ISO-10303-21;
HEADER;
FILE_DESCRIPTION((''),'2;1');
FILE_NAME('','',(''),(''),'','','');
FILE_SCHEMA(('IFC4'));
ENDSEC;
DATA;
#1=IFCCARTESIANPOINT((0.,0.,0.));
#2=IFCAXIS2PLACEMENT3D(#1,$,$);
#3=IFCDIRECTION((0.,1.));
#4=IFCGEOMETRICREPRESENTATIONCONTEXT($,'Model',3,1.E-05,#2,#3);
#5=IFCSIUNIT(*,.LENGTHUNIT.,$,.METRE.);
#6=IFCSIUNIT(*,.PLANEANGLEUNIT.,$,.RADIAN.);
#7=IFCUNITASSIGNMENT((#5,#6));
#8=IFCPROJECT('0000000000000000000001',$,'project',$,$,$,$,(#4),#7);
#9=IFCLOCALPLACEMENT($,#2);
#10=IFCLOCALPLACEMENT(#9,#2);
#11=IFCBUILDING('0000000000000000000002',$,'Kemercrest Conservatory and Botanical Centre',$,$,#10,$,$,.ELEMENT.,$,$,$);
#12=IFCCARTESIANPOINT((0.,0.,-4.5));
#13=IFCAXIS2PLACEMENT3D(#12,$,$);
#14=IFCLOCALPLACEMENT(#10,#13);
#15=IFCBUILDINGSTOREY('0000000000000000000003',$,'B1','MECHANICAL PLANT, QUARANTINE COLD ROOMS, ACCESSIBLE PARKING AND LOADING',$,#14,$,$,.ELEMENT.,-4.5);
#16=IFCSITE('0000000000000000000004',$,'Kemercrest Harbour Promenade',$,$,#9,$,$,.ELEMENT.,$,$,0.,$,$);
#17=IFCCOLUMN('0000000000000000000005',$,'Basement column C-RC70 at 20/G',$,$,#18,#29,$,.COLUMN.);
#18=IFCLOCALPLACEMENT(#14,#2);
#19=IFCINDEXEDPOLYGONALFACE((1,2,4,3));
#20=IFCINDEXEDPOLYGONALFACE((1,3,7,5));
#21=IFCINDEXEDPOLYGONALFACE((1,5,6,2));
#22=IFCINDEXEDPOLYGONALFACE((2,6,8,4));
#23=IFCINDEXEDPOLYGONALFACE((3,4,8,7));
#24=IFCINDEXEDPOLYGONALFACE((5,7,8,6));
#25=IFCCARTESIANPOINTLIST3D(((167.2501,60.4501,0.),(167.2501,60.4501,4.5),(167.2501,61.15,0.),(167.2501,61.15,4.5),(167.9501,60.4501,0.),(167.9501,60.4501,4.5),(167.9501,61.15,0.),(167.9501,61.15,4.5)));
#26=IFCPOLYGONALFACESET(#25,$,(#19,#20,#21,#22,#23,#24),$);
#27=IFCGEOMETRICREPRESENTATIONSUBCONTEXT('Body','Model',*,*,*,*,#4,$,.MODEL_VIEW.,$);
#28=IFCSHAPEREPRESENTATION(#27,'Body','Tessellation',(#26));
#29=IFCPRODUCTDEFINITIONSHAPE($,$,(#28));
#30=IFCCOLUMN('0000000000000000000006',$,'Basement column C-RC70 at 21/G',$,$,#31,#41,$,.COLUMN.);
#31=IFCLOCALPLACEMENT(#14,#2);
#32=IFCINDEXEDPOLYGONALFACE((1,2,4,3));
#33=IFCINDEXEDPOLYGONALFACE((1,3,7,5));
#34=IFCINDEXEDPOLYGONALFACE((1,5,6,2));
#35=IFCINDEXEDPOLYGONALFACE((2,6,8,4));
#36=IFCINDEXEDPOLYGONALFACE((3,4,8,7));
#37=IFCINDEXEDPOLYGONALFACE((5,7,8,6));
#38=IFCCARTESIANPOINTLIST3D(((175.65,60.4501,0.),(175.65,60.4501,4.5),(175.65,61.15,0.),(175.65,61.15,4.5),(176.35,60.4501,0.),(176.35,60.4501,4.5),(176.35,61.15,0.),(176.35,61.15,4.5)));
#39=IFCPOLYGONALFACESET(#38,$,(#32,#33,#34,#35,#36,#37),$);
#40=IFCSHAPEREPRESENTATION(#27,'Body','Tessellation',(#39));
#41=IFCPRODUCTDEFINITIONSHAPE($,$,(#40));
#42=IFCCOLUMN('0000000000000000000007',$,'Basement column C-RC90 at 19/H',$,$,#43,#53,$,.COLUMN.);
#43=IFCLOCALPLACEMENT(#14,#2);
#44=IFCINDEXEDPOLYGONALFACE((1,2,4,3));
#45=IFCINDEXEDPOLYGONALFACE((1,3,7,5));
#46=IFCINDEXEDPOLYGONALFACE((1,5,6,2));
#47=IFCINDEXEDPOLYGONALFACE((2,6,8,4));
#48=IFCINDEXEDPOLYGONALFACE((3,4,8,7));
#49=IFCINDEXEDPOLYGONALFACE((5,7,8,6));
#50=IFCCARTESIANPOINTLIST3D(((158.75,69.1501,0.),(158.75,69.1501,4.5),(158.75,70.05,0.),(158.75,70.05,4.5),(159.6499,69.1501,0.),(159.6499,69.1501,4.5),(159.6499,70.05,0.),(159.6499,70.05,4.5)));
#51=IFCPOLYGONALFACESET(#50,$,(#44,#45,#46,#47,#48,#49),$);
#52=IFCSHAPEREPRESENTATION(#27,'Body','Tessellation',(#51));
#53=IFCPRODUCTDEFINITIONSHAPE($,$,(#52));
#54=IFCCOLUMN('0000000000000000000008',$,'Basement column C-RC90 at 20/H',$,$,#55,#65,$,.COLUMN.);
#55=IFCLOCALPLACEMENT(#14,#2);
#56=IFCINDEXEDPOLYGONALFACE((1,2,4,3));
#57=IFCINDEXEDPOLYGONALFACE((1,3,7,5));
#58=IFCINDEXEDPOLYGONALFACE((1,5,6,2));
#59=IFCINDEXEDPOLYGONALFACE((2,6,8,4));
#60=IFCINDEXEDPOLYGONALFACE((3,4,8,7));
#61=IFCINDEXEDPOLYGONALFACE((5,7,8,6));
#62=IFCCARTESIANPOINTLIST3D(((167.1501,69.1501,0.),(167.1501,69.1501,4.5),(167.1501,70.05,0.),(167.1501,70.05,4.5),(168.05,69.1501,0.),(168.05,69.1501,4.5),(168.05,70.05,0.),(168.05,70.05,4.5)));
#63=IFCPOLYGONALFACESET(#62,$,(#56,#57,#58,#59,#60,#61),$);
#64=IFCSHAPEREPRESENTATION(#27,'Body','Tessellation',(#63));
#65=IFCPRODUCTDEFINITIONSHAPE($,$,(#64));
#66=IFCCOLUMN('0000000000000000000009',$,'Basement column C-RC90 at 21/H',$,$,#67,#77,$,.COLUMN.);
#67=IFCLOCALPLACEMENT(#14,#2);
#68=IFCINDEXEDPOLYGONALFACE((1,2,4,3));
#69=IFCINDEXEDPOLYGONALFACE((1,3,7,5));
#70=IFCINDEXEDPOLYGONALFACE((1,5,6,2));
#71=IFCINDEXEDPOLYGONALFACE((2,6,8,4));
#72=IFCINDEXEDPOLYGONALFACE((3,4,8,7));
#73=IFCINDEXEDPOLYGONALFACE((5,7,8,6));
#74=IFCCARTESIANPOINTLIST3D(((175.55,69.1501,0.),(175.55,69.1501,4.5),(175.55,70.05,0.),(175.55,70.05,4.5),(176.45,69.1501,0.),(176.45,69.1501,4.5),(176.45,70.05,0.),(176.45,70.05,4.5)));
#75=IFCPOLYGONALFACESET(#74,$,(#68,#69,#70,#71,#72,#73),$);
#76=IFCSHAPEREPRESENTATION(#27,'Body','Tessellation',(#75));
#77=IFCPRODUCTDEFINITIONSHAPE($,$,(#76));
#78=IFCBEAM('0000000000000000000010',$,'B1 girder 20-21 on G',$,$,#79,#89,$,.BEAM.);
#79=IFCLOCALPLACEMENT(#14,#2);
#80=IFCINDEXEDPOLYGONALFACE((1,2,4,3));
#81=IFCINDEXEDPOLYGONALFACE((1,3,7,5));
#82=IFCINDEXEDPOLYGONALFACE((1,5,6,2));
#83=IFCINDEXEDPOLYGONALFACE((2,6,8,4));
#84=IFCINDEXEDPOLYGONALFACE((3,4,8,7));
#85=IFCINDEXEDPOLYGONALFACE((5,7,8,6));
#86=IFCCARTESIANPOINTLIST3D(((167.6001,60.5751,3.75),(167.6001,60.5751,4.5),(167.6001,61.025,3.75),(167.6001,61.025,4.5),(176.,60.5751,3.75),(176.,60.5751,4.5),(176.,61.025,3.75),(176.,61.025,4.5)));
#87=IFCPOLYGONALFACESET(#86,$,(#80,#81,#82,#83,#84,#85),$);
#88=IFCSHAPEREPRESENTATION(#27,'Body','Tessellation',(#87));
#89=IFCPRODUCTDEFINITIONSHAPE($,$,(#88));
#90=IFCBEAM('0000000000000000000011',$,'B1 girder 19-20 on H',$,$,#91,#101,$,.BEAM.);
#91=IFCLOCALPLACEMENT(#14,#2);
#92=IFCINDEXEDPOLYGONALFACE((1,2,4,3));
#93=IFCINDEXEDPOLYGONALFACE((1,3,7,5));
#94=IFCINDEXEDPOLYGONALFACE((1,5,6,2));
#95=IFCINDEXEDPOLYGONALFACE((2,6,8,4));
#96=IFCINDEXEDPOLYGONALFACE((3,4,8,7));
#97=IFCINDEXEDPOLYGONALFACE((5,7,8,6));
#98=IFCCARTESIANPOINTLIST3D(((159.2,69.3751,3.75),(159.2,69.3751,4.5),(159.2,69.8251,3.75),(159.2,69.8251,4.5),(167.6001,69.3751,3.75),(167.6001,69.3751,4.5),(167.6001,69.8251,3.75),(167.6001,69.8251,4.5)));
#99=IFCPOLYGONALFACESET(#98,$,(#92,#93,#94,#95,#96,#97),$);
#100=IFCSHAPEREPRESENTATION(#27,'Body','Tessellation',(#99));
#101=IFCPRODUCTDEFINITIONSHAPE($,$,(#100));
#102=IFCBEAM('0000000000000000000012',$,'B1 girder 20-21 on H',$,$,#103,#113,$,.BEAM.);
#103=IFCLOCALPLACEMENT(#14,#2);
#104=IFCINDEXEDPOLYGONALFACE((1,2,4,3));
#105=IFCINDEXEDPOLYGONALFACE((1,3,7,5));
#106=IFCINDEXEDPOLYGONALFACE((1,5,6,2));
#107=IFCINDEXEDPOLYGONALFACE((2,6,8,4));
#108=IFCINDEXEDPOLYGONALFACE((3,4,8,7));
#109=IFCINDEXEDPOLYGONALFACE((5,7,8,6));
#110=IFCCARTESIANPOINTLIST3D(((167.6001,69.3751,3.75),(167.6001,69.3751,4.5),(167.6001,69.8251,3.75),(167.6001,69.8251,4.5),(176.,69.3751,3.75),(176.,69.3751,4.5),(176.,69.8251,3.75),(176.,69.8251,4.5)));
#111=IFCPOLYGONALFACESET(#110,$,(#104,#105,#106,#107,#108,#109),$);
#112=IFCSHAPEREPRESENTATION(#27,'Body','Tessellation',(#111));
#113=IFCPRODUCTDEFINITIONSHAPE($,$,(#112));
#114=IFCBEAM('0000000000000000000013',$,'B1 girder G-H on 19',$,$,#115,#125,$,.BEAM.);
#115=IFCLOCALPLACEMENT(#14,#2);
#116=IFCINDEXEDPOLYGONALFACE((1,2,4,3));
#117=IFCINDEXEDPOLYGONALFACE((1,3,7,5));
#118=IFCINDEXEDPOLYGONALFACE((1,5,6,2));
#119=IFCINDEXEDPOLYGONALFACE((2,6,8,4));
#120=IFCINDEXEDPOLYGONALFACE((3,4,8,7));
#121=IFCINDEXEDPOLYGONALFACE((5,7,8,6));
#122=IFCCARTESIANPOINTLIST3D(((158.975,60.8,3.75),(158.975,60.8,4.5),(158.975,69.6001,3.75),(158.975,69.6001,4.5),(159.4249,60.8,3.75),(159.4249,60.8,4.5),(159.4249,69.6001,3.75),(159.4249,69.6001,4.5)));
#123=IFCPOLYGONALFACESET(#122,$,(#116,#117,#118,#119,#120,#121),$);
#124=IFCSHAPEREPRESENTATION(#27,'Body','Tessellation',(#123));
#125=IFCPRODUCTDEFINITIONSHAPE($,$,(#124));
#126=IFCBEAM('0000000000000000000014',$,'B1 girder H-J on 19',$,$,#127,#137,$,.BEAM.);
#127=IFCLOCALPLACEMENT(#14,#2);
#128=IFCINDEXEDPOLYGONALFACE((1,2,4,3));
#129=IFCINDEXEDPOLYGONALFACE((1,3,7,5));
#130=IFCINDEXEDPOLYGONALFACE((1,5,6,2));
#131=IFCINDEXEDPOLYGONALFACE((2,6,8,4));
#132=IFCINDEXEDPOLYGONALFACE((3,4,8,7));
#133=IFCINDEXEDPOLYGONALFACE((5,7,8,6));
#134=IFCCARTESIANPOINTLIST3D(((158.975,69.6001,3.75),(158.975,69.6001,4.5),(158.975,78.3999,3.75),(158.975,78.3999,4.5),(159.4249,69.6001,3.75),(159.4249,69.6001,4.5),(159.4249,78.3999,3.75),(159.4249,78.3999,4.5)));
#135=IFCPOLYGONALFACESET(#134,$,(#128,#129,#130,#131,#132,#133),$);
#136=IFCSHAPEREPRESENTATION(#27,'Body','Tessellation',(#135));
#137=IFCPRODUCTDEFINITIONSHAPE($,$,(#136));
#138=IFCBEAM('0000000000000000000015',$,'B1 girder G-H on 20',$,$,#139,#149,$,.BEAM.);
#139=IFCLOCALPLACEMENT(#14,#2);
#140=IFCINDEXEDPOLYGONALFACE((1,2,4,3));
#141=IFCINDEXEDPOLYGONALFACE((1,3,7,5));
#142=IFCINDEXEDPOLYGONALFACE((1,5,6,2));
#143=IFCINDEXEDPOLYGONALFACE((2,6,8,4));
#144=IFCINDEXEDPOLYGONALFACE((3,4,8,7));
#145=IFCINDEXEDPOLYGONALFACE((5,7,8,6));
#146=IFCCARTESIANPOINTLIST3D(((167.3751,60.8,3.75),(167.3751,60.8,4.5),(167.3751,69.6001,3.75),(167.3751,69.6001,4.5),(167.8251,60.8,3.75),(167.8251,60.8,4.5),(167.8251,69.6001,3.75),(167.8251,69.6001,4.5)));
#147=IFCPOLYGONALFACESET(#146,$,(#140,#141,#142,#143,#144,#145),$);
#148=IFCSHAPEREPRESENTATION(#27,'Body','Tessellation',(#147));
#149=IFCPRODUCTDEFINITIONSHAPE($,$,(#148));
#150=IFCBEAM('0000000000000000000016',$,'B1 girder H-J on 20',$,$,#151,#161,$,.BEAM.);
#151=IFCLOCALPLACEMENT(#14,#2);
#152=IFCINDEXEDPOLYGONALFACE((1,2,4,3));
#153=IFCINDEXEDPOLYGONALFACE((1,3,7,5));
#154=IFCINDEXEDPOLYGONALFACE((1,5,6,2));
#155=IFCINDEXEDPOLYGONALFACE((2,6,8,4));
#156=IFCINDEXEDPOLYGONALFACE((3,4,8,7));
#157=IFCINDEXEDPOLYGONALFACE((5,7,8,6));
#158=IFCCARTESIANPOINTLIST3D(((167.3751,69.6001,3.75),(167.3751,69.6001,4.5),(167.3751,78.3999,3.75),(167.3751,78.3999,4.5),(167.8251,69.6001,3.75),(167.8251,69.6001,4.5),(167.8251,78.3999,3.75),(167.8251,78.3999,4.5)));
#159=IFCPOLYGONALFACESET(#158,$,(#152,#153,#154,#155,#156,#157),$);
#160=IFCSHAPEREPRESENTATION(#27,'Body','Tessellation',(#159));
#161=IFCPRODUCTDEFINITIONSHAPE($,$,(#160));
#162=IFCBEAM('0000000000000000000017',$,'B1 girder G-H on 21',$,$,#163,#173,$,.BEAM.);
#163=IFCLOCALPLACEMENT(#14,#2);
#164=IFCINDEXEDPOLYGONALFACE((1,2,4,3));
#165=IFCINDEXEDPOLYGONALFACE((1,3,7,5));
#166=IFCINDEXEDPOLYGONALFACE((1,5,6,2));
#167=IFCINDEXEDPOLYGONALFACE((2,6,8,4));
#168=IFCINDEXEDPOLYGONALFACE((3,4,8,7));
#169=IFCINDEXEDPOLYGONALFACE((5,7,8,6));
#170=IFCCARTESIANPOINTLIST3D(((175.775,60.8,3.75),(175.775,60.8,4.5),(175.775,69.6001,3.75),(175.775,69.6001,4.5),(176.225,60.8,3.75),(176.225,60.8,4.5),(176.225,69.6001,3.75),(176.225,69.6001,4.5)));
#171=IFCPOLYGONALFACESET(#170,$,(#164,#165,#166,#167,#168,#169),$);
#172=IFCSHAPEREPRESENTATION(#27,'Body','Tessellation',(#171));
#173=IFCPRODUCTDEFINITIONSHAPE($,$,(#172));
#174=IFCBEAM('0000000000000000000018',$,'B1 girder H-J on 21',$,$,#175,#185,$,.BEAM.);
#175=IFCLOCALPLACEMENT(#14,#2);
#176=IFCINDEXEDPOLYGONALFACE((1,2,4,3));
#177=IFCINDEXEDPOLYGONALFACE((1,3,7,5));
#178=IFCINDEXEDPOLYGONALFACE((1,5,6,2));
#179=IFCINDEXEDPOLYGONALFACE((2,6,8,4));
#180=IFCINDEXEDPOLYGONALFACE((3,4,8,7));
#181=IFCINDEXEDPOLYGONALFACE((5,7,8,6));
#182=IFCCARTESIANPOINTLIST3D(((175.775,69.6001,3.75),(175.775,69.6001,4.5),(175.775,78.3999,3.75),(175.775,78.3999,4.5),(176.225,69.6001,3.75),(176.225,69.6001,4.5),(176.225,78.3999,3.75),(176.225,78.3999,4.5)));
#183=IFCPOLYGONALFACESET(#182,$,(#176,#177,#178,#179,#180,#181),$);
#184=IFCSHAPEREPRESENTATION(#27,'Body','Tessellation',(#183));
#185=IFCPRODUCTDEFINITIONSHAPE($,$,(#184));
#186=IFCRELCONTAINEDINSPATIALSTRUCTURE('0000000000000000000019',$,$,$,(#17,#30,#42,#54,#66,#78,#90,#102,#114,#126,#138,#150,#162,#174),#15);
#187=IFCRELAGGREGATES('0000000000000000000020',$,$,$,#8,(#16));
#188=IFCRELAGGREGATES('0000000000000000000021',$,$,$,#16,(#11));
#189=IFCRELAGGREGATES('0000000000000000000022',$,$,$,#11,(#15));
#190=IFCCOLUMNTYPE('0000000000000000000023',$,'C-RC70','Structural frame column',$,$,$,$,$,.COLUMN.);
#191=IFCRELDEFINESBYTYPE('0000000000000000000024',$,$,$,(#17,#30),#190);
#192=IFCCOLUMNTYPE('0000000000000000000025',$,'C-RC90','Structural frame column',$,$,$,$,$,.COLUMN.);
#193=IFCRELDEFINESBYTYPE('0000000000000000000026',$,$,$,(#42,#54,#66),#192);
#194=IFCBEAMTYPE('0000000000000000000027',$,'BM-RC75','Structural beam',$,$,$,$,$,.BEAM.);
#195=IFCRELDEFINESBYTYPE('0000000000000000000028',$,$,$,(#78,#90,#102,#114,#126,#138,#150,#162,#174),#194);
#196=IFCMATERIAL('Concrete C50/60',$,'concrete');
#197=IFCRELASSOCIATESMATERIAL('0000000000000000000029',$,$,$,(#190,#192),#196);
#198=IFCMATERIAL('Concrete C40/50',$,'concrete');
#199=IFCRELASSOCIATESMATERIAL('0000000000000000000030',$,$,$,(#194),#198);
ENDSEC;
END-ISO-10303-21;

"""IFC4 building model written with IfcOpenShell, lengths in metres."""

from ifc_helpers import new_model, si_unit, direction, frame, origin, origin_2d, place, context, subcontext, project, spatial, rectangle, extrude, material, material_profile, profile_set, type_object, element, save


model = new_model("IFC4")

# Units and contexts
model_context = context("Model", 3, precision=1e-05, world=origin(), true_north=direction((0.0, 1.0)))
body_context = subcontext(model_context, "Body", "Model", "MODEL_VIEW")
ifc_project = project(units=[si_unit("LENGTHUNIT", "METRE"), si_unit("PLANEANGLEUNIT", "RADIAN")], contexts=[model_context])

# Site, building, storey
site_placement = place(None, origin())
site = spatial("IfcSite", under=ifc_project, at=site_placement, Name="Kemercrest Harbour Promenade", CompositionType="ELEMENT", RefElevation=0.0)
building_placement = place(site_placement, origin())
building = spatial("IfcBuilding", under=site, at=building_placement, Name="Kemercrest Conservatory and Botanical Centre", CompositionType="ELEMENT")
storey_placement = place(building_placement, frame((0.0, 0.0, -4.5)))
storey = spatial("IfcBuildingStorey", under=building, at=storey_placement, Name="B1", Description="MECHANICAL PLANT, QUARANTINE COLD ROOMS, ACCESSIBLE PARKING AND LOADING", CompositionType="ELEMENT", Elevation=-4.5)

# Shared definitions
ifc_material_1 = material(Name="Concrete C40/50", Category="concrete")

# Columns
ifc_material_2 = material(Name="Concrete C50/60", Category="concrete")
ifc_material_profile_1 = material_profile(ifc_material_2, rectangle(XDim=0.7, YDim=0.7, at=origin_2d()), Name="RC 700x700")
ifc_profile_set_1 = profile_set([ifc_material_profile_1], Name="Concrete C50/60")
column_type_1 = type_object("IfcColumnType", Name="C-RC70", Description="Structural frame column", PredefinedType="COLUMN", material=ifc_profile_set_1)
for number, where, z_axis, x_axis, name in (
    (1, (167.6001, 60.8, 0.0), (0.0, 0.0, 1.0), (1.0, 0.0, 0.0), "Basement column C-RC70 at 20/G"),
    (2, (176.0, 60.8, 0.0), (0.0, 0.0, 1.0), (1.0, 0.0, 0.0), "Basement column C-RC70 at 21/G"),
):
    element("IfcColumn", number, at=place(storey_placement, frame(where, z_axis=z_axis, x_axis=x_axis)), inside=storey, type_object=column_type_1, Name=name, PredefinedType="COLUMN", context=body_context, shape_type="SweptSolid", body=[
        extrude(rectangle(XDim=0.7, YDim=0.7, at=origin_2d()), origin(), (0.0, 0.0, 1.0), 4.5),
    ])
ifc_material_profile_2 = material_profile(ifc_material_2, rectangle(XDim=0.8999, YDim=0.8999, at=origin_2d()), Name="RC 900x900")
ifc_profile_set_2 = profile_set([ifc_material_profile_2], Name="Concrete C50/60")
column_type_2 = type_object("IfcColumnType", Name="C-RC90", Description="Structural frame column", PredefinedType="COLUMN", material=ifc_profile_set_2)
for number, where, z_axis, x_axis, name in (
    (3, (159.2, 69.6001, 0.0), (0.0, 0.0, 1.0), (1.0, 0.0, 0.0), "Basement column C-RC90 at 19/H"),
    (4, (167.6001, 69.6001, 0.0), (0.0, 0.0, 1.0), (1.0, 0.0, 0.0), "Basement column C-RC90 at 20/H"),
    (5, (176.0, 69.6001, 0.0), (0.0, 0.0, 1.0), (1.0, 0.0, 0.0), "Basement column C-RC90 at 21/H"),
):
    element("IfcColumn", number, at=place(storey_placement, frame(where, z_axis=z_axis, x_axis=x_axis)), inside=storey, type_object=column_type_2, Name=name, PredefinedType="COLUMN", context=body_context, shape_type="SweptSolid", body=[
        extrude(rectangle(XDim=0.8999, YDim=0.8999, at=origin_2d()), origin(), (0.0, 0.0, 1.0), 4.5),
    ])

# Beams
ifc_material_profile_3 = material_profile(ifc_material_1, rectangle(XDim=0.45, YDim=0.75, at=origin_2d()), Name="RC 450x750")
ifc_profile_set_3 = profile_set([ifc_material_profile_3], Name="Concrete C40/50")
beam_type = type_object("IfcBeamType", Name="BM-RC75", Description="Structural beam", PredefinedType="BEAM", material=ifc_profile_set_3)
beam_1_placement = place(storey_placement, frame((167.6001, 60.8, 4.125), z_axis=(1.0, 0.0, 0.0), x_axis=(0.0, 1.0, 0.0)))
element("IfcBeam", 6, at=beam_1_placement, inside=storey, type_object=beam_type, Name="B1 girder 20-21 on G", PredefinedType="BEAM", context=body_context, shape_type="SweptSolid", body=[
    extrude(rectangle(XDim=0.45, YDim=0.75, at=origin_2d()), origin(), (0.0, 0.0, 1.0), 8.3999),
])
beam_2_placement = place(storey_placement, frame((159.2, 69.6001, 4.125), z_axis=(1.0, 0.0, 0.0), x_axis=(0.0, 1.0, 0.0)))
element("IfcBeam", 7, at=beam_2_placement, inside=storey, type_object=beam_type, Name="B1 girder 19-20 on H", PredefinedType="BEAM", context=body_context, shape_type="SweptSolid", body=[
    extrude(rectangle(XDim=0.45, YDim=0.75, at=origin_2d()), origin(), (0.0, 0.0, 1.0), 8.4001),
])
beam_3_placement = place(storey_placement, frame((167.6001, 69.6001, 4.125), z_axis=(1.0, 0.0, 0.0), x_axis=(0.0, 1.0, 0.0)))
element("IfcBeam", 8, at=beam_3_placement, inside=storey, type_object=beam_type, Name="B1 girder 20-21 on H", PredefinedType="BEAM", context=body_context, shape_type="SweptSolid", body=[
    extrude(rectangle(XDim=0.45, YDim=0.75, at=origin_2d()), origin(), (0.0, 0.0, 1.0), 8.3999),
])
beam_4_placement = place(storey_placement, frame((159.2, 60.8, 4.125), z_axis=(0.0, 1.0, 0.0), x_axis=(-1.0, 0.0, 0.0)))
element("IfcBeam", 9, at=beam_4_placement, inside=storey, type_object=beam_type, Name="B1 girder G-H on 19", PredefinedType="BEAM", context=body_context, shape_type="SweptSolid", body=[
    extrude(rectangle(XDim=0.45, YDim=0.75, at=origin_2d()), origin(), (0.0, 0.0, 1.0), 8.8),
])
beam_5_placement = place(storey_placement, frame((159.2, 69.6001, 4.125), z_axis=(0.0, 1.0, 0.0), x_axis=(-1.0, 0.0, 0.0)))
element("IfcBeam", 10, at=beam_5_placement, inside=storey, type_object=beam_type, Name="B1 girder H-J on 19", PredefinedType="BEAM", context=body_context, shape_type="SweptSolid", body=[
    extrude(rectangle(XDim=0.45, YDim=0.75, at=origin_2d()), origin(), (0.0, 0.0, 1.0), 8.7998),
])
beam_6_placement = place(storey_placement, frame((167.6001, 60.8, 4.125), z_axis=(0.0, 1.0, 0.0), x_axis=(-1.0, 0.0, 0.0)))
element("IfcBeam", 11, at=beam_6_placement, inside=storey, type_object=beam_type, Name="B1 girder G-H on 20", PredefinedType="BEAM", context=body_context, shape_type="SweptSolid", body=[
    extrude(rectangle(XDim=0.45, YDim=0.75, at=origin_2d()), origin(), (0.0, 0.0, 1.0), 8.8),
])
beam_7_placement = place(storey_placement, frame((167.6001, 69.6001, 4.125), z_axis=(0.0, 1.0, 0.0), x_axis=(-1.0, 0.0, 0.0)))
element("IfcBeam", 12, at=beam_7_placement, inside=storey, type_object=beam_type, Name="B1 girder H-J on 20", PredefinedType="BEAM", context=body_context, shape_type="SweptSolid", body=[
    extrude(rectangle(XDim=0.45, YDim=0.75, at=origin_2d()), origin(), (0.0, 0.0, 1.0), 8.7998),
])
beam_8_placement = place(storey_placement, frame((176.0, 60.8, 4.125), z_axis=(0.0, 1.0, 0.0), x_axis=(-1.0, 0.0, 0.0)))
element("IfcBeam", 13, at=beam_8_placement, inside=storey, type_object=beam_type, Name="B1 girder G-H on 21", PredefinedType="BEAM", context=body_context, shape_type="SweptSolid", body=[
    extrude(rectangle(XDim=0.45, YDim=0.75, at=origin_2d()), origin(), (0.0, 0.0, 1.0), 8.8),
])
beam_9_placement = place(storey_placement, frame((176.0, 69.6001, 4.125), z_axis=(0.0, 1.0, 0.0), x_axis=(-1.0, 0.0, 0.0)))
element("IfcBeam", 14, at=beam_9_placement, inside=storey, type_object=beam_type, Name="B1 girder H-J on 21", PredefinedType="BEAM", context=body_context, shape_type="SweptSolid", body=[
    extrude(rectangle(XDim=0.45, YDim=0.75, at=origin_2d()), origin(), (0.0, 0.0, 1.0), 8.7998),
])

save(model, "model.ifc")
